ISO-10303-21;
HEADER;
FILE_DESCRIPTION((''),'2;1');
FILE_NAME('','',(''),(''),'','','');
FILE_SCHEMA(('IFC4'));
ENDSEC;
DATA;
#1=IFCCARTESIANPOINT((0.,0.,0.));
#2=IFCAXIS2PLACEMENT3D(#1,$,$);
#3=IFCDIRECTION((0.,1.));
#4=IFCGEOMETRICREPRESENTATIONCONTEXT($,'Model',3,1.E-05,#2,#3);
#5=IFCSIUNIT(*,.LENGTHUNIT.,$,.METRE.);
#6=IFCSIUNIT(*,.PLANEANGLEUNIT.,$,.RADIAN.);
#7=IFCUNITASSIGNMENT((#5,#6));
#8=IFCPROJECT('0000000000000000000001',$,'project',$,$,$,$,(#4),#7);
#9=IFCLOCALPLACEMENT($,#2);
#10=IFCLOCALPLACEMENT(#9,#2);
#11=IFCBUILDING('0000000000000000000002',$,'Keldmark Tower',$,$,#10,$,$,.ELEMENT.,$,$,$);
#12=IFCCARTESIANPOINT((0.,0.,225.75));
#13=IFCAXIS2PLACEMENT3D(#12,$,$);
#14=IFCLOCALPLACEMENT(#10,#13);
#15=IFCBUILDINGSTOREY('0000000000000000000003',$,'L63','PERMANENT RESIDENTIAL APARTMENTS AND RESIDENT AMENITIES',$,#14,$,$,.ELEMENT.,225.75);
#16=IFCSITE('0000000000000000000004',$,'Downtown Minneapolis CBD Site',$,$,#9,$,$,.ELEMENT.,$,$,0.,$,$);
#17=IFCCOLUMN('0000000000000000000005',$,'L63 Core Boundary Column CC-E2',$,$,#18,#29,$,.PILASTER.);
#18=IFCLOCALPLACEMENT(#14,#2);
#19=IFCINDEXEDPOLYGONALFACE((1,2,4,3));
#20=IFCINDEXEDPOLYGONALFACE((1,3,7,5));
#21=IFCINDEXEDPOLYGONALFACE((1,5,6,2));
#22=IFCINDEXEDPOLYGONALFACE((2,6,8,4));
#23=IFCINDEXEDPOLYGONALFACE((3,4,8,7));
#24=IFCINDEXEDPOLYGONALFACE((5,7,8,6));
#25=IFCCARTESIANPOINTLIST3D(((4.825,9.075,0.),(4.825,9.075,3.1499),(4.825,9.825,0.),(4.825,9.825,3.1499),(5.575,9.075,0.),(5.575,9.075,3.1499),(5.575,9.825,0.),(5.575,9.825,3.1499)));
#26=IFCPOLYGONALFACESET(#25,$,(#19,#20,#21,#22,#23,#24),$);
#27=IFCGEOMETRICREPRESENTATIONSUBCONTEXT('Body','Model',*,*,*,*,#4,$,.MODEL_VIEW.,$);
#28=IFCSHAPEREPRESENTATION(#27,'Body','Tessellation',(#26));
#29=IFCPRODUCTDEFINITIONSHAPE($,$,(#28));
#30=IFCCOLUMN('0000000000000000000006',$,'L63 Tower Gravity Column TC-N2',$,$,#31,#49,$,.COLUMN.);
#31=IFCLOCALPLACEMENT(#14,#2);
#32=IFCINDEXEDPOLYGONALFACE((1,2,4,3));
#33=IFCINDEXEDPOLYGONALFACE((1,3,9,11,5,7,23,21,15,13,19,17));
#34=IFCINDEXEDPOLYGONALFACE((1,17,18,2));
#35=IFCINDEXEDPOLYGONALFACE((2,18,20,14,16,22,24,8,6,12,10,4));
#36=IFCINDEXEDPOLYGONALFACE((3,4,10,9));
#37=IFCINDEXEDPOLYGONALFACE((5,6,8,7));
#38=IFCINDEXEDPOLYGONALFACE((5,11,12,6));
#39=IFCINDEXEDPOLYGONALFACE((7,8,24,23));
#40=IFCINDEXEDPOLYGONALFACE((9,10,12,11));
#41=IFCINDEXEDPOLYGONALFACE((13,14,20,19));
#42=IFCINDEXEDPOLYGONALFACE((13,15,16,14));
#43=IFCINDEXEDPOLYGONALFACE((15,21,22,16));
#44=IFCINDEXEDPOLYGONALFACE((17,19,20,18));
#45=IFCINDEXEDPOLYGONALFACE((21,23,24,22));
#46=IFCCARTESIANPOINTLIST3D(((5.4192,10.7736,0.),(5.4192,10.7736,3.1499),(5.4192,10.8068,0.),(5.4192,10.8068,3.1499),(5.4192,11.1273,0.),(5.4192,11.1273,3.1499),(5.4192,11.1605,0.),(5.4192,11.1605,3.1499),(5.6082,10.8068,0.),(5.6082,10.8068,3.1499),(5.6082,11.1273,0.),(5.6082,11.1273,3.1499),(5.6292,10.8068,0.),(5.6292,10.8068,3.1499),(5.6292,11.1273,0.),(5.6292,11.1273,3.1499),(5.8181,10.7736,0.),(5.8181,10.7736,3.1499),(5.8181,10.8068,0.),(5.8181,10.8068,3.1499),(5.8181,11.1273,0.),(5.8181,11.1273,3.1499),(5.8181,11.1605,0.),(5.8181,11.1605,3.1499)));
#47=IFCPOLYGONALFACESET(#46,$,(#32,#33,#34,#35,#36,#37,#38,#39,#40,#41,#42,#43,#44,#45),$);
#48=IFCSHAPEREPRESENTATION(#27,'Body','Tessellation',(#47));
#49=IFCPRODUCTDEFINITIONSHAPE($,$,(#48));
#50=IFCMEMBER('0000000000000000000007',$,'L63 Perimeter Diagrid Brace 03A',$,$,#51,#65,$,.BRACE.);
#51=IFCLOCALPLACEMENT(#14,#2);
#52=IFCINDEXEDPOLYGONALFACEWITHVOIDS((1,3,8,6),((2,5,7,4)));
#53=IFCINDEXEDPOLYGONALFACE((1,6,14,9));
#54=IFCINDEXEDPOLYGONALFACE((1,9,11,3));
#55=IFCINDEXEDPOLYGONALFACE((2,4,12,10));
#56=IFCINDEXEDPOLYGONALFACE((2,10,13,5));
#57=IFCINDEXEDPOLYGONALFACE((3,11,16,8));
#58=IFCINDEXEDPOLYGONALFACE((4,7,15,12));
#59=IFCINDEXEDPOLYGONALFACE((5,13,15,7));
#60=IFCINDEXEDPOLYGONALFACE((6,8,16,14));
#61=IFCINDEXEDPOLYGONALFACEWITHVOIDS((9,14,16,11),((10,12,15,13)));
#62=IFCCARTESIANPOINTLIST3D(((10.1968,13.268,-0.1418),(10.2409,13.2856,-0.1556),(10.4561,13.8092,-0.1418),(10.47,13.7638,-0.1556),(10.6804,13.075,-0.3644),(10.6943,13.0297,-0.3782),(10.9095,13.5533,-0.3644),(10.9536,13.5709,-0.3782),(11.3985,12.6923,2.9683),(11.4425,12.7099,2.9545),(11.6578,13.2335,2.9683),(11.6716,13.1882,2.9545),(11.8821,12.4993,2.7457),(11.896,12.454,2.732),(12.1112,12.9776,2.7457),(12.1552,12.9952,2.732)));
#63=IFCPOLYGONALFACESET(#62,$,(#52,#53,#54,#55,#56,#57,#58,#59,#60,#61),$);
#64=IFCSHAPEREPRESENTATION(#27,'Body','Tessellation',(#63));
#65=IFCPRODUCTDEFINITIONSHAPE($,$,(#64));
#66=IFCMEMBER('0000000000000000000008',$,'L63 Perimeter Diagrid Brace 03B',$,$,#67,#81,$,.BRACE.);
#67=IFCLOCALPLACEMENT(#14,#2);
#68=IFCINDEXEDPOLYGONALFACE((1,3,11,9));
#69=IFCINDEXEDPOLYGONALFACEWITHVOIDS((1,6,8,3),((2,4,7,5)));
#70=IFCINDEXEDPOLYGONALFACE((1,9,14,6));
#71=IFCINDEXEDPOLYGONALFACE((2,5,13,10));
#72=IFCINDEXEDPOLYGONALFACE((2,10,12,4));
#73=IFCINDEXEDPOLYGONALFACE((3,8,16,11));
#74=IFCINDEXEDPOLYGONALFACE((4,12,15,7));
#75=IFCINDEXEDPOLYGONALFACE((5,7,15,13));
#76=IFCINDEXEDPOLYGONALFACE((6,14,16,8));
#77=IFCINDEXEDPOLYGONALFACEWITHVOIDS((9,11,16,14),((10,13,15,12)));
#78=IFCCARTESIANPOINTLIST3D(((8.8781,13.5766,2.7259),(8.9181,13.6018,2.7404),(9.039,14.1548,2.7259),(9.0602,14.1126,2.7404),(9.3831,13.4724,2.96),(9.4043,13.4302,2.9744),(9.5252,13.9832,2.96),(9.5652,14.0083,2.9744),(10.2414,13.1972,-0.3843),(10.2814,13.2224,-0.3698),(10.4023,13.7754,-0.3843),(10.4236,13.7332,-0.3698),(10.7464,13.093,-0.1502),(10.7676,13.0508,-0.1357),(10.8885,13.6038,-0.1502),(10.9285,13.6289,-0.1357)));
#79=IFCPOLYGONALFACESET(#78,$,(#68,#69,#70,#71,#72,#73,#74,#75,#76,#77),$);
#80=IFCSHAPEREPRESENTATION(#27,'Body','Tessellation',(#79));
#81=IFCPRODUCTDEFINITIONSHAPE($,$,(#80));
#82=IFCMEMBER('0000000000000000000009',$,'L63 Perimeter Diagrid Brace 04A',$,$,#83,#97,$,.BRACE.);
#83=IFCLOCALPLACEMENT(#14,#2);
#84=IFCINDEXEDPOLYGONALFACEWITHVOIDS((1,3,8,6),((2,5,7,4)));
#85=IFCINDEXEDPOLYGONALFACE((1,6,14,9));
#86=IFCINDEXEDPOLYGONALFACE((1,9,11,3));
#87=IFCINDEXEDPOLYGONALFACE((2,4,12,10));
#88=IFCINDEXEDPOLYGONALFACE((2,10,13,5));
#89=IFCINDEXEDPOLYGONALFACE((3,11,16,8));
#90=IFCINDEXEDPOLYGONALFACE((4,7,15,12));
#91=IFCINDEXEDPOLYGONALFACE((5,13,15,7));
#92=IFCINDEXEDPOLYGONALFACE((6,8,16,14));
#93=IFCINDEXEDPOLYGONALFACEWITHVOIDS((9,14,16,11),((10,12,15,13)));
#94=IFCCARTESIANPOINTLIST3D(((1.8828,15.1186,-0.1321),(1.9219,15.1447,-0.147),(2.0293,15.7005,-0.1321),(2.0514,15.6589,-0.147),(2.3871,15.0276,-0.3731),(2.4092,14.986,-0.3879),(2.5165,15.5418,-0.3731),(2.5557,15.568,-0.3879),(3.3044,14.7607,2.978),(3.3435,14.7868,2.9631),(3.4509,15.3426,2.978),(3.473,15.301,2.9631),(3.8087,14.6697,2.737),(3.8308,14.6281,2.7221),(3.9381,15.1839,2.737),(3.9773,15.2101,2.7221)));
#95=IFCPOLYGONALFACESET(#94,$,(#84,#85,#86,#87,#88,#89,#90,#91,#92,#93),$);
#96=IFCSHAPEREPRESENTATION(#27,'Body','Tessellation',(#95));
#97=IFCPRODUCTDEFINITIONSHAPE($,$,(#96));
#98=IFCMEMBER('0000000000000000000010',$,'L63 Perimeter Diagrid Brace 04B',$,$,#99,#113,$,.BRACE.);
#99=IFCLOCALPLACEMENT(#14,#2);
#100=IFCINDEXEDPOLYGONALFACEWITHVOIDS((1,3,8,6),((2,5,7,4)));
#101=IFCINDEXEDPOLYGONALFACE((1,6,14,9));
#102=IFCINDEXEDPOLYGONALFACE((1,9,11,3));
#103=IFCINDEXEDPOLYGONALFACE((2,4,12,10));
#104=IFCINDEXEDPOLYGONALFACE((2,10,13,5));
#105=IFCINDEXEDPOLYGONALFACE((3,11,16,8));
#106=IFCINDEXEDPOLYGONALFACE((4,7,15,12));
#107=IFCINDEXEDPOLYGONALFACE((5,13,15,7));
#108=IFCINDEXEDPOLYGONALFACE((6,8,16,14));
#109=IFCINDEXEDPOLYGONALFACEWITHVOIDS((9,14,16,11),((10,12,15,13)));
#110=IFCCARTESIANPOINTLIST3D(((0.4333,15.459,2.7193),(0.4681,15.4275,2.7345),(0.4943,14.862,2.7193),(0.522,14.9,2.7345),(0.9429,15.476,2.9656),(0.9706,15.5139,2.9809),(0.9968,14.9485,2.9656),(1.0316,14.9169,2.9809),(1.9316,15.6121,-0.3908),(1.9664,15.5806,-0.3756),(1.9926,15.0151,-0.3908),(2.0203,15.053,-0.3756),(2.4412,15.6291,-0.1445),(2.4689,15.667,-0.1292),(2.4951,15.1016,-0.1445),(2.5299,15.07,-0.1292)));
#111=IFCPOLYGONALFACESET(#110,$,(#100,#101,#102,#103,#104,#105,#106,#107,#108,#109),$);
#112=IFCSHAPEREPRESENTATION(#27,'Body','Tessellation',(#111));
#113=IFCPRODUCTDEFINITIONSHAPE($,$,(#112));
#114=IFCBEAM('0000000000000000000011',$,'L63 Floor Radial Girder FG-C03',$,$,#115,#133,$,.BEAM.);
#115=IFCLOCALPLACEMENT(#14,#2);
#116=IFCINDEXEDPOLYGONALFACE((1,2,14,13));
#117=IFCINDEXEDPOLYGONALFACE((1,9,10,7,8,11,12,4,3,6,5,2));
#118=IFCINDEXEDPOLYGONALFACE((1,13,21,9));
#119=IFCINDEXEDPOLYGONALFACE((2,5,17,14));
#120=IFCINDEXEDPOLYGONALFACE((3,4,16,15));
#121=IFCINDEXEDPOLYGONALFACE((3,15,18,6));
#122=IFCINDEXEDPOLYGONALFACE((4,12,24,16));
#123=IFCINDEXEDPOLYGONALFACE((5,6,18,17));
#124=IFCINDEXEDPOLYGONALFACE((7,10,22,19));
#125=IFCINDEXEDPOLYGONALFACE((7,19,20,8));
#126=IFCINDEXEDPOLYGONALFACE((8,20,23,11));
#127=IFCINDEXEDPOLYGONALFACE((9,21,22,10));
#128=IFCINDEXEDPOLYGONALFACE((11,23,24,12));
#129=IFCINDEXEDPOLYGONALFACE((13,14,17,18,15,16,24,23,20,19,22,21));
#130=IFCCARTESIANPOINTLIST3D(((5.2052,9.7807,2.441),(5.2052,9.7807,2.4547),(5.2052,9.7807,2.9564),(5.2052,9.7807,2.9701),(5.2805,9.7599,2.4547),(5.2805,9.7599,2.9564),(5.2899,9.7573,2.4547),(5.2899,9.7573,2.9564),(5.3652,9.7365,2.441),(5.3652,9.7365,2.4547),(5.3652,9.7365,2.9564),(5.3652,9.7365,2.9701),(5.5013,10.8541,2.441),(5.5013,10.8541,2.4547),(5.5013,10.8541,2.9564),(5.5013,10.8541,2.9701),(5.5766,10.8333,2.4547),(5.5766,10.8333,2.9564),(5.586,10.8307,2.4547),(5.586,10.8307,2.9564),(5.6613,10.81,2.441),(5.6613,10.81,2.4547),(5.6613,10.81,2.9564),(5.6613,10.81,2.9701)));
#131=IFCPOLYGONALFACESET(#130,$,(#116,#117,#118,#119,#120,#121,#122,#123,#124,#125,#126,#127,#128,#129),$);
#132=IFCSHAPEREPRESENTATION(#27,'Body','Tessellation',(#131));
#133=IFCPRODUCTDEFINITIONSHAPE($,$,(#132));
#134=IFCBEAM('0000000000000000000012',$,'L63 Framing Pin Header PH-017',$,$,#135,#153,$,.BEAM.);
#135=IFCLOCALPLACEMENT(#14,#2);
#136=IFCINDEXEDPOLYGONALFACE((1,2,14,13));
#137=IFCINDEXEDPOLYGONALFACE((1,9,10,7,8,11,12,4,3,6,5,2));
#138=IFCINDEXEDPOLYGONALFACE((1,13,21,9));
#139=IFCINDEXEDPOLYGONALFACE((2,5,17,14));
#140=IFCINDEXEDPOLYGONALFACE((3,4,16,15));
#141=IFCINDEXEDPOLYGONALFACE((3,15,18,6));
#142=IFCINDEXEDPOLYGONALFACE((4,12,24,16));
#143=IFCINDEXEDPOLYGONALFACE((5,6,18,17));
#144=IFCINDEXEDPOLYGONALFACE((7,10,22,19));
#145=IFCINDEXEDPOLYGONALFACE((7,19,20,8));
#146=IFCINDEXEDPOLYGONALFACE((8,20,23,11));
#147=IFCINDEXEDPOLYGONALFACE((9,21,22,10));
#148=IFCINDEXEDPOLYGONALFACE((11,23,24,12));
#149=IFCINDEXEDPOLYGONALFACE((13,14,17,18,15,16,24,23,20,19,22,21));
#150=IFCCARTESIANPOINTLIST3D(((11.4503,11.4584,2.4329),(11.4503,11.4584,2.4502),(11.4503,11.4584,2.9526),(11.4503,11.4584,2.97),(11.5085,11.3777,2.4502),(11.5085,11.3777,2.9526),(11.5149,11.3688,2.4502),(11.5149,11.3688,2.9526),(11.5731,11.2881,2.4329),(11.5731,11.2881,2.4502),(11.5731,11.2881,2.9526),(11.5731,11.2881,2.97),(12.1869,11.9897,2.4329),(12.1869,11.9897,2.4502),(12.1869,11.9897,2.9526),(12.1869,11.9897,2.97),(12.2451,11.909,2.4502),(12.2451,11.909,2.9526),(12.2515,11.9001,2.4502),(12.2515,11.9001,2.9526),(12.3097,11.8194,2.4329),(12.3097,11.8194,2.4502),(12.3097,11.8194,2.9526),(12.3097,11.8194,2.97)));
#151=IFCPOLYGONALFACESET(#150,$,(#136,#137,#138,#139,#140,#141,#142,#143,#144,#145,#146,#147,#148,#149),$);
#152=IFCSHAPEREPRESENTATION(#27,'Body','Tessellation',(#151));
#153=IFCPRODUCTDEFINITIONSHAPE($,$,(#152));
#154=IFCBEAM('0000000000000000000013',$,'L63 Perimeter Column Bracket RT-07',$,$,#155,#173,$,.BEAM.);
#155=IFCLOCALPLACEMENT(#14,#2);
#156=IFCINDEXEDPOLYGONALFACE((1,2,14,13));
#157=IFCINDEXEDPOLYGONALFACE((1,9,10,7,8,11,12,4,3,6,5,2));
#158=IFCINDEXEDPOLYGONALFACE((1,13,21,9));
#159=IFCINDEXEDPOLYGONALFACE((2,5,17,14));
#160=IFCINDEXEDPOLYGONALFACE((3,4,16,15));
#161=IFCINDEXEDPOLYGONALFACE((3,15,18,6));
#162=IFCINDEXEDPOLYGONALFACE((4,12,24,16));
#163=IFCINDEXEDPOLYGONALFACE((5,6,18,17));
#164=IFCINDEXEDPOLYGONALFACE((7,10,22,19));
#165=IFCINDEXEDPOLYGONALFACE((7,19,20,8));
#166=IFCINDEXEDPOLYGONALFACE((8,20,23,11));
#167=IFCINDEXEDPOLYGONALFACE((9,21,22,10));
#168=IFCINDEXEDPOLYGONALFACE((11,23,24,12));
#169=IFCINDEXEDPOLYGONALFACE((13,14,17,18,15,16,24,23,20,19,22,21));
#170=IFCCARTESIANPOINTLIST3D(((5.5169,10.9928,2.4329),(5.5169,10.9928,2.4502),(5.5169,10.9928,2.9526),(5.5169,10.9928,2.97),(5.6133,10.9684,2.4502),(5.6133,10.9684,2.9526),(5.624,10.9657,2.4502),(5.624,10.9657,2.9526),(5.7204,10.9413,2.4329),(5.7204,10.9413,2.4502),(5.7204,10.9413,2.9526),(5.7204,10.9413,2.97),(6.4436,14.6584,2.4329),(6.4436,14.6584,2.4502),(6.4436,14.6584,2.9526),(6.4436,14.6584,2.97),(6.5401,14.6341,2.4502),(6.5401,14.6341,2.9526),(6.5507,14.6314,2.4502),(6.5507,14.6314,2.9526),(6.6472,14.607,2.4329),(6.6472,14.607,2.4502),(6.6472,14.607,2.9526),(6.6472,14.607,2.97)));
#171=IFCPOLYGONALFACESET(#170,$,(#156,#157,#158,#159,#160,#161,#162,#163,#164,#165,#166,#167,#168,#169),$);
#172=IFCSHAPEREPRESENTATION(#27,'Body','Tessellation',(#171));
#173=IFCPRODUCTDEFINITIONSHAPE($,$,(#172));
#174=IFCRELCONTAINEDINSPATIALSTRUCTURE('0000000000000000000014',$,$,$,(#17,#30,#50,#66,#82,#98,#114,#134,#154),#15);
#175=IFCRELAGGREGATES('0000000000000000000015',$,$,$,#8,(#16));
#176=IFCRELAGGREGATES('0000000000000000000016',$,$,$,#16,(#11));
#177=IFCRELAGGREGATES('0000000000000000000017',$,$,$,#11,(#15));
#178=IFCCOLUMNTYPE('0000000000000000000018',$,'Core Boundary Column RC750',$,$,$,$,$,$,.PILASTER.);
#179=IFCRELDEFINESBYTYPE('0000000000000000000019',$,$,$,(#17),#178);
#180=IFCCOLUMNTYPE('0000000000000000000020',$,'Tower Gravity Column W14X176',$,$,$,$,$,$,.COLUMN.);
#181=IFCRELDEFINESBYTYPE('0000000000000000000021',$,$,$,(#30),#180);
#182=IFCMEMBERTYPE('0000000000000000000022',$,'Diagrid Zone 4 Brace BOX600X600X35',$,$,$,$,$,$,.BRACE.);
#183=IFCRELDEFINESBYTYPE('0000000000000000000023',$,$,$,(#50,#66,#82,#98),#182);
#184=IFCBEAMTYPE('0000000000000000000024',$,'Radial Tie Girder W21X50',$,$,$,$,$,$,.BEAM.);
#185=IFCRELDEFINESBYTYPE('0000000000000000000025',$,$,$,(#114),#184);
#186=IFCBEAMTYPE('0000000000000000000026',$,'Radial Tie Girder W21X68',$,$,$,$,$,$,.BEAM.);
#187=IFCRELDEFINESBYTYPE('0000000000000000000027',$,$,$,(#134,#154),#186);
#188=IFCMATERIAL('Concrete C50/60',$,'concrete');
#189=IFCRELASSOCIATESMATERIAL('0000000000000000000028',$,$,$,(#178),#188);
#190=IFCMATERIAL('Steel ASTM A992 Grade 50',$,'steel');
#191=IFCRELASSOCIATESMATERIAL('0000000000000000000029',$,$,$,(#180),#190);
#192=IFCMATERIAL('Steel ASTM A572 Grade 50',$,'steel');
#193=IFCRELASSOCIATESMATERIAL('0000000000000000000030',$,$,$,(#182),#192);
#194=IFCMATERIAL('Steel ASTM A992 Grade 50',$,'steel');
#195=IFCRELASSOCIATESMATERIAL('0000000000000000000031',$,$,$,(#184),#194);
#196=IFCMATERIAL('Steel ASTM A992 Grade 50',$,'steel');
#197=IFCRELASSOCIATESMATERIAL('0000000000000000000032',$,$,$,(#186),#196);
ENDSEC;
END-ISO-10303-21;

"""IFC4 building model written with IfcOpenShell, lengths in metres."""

from ifc_helpers import new_model, si_unit, direction, frame, origin, origin_2d, place, context, subcontext, project, spatial, rectangle, hollow_rectangle, i_section, extrude, material, material_profile, profile_set, type_object, element, save


model = new_model("IFC4")

# Units and contexts
model_context = context("Model", 3, precision=1e-05, world=origin(), true_north=direction((0.0, 1.0)))
body_context = subcontext(model_context, "Body", "Model", "MODEL_VIEW")
ifc_project = project(units=[si_unit("LENGTHUNIT", "METRE"), si_unit("PLANEANGLEUNIT", "RADIAN")], contexts=[model_context])

# Site, building, storey
site_placement = place(None, origin())
site = spatial("IfcSite", under=ifc_project, at=site_placement, Name="Downtown Minneapolis CBD Site", CompositionType="ELEMENT", RefElevation=0.0)
building_placement = place(site_placement, origin())
building = spatial("IfcBuilding", under=site, at=building_placement, Name="Keldmark Tower", CompositionType="ELEMENT")
storey_placement = place(building_placement, frame((0.0, 0.0, 225.75)))
storey = spatial("IfcBuildingStorey", under=building, at=storey_placement, Name="L63", Description="PERMANENT RESIDENTIAL APARTMENTS AND RESIDENT AMENITIES", CompositionType="ELEMENT", Elevation=225.75)

# Columns
ifc_material_1 = material(Name="Concrete C50/60", Category="concrete")
ifc_material_profile_1 = material_profile(ifc_material_1, rectangle(XDim=0.75, YDim=0.75, at=origin_2d()), Name="RC750X750")
ifc_profile_set_1 = profile_set([ifc_material_profile_1], Name="Concrete C50/60")
column_type_1 = type_object("IfcColumnType", Name="Core Boundary Column RC750", PredefinedType="PILASTER", material=ifc_profile_set_1)
column_1_placement = place(storey_placement, frame((5.2, 9.45, 0.0), z_axis=(0.0, 0.0, 1.0), x_axis=(1.0, 0.0, 0.0)))
element("IfcColumn", 1, at=column_1_placement, inside=storey, type_object=column_type_1, Name="L63 Core Boundary Column CC-E2", PredefinedType="PILASTER", context=body_context, shape_type="SweptSolid", body=[
    extrude(rectangle(XDim=0.75, YDim=0.75, at=origin_2d()), origin(), (0.0, 0.0, 1.0), 3.1499),
])
ifc_material_2 = material(Name="Steel ASTM A992 Grade 50", Category="steel")
ifc_material_profile_2 = material_profile(ifc_material_2, i_section(OverallWidth=0.3989, OverallDepth=0.387, WebThickness=0.021, FlangeThickness=0.0332, at=origin_2d()), Name="W14X176")
ifc_profile_set_2 = profile_set([ifc_material_profile_2], Name="Steel ASTM A992 Grade 50")
column_type_2 = type_object("IfcColumnType", Name="Tower Gravity Column W14X176", PredefinedType="COLUMN", material=ifc_profile_set_2)
column_2_placement = place(storey_placement, frame((5.6187, 10.967, 0.0), z_axis=(0.0, 0.0, 1.0), x_axis=(1.0, 0.0, 0.0)))
element("IfcColumn", 2, at=column_2_placement, inside=storey, type_object=column_type_2, Name="L63 Tower Gravity Column TC-N2", PredefinedType="COLUMN", context=body_context, shape_type="SweptSolid", body=[
    extrude(i_section(OverallWidth=0.3989, OverallDepth=0.387, WebThickness=0.021, FlangeThickness=0.0332, at=origin_2d()), origin(), (0.0, 0.0, 1.0), 3.1499),
])

# Members
ifc_material_3 = material(Name="Steel ASTM A572 Grade 50", Category="steel")
ifc_material_profile_3 = material_profile(ifc_material_3, hollow_rectangle(XDim=0.6001, YDim=0.6001, WallThickness=0.0349, at=origin_2d()), Name="BOX600X600X35")
ifc_profile_set_3 = profile_set([ifc_material_profile_3], Name="Steel ASTM A572 Grade 50")
member_type = type_object("IfcMemberType", Name="Diagrid Zone 4 Brace BOX600X600X35", PredefinedType="BRACE", material=ifc_profile_set_3)
member_1_placement = place(storey_placement, frame((10.5752, 13.4194, -0.26), z_axis=(0.355152, -0.170144, 0.919194), x_axis=(0.432052, 0.901849, 0.0)))
element("IfcMember", 3, at=member_1_placement, inside=storey, type_object=member_type, Name="L63 Perimeter Diagrid Brace 03A", PredefinedType="BRACE", context=body_context, shape_type="SweptSolid", body=[
    extrude(hollow_rectangle(XDim=0.6001, YDim=0.6001, WallThickness=0.0349, at=origin_2d()), origin(), (0.0, 0.0, 1.0), 3.3835),
])
member_2_placement = place(storey_placement, frame((10.585, 13.4131, -0.26), z_axis=(-0.398981, 0.111035, 0.910212), x_axis=(-0.268107, -0.963389, 0.0)))
element("IfcMember", 4, at=member_2_placement, inside=storey, type_object=member_type, Name="L63 Perimeter Diagrid Brace 03B", PredefinedType="BRACE", context=body_context, shape_type="SweptSolid", body=[
    extrude(hollow_rectangle(XDim=0.6001, YDim=0.6001, WallThickness=0.0349, at=origin_2d()), origin(), (0.0, 0.0, 1.0), 3.417),
])
member_3_placement = place(storey_placement, frame((2.2192, 15.3433, -0.26), z_axis=(0.413469, -0.104095, 0.904548), x_axis=(0.244142, 0.96974, 0.0)))
element("IfcMember", 5, at=member_3_placement, inside=storey, type_object=member_type, Name="L63 Perimeter Diagrid Brace 04A", PredefinedType="BRACE", context=body_context, shape_type="SweptSolid", body=[
    extrude(hollow_rectangle(XDim=0.6001, YDim=0.6001, WallThickness=0.0349, at=origin_2d()), origin(), (0.0, 0.0, 1.0), 3.4382),
])
member_4_placement = place(storey_placement, frame((2.2307, 15.3411, -0.26), z_axis=(-0.433585, -0.044298, 0.900023), x_axis=(0.101638, -0.994821, 0.0)))
element("IfcMember", 6, at=member_4_placement, inside=storey, type_object=member_type, Name="L63 Perimeter Diagrid Brace 04B", PredefinedType="BRACE", context=body_context, shape_type="SweptSolid", body=[
    extrude(hollow_rectangle(XDim=0.6001, YDim=0.6001, WallThickness=0.0349, at=origin_2d()), origin(), (0.0, 0.0, 1.0), 3.4556),
])

# Beams
ifc_material_4 = material(Name="Steel ASTM A992 Grade 50", Category="steel")
ifc_material_profile_4 = material_profile(ifc_material_4, i_section(OverallWidth=0.166, OverallDepth=0.5291, WebThickness=0.0098, FlangeThickness=0.0137, at=origin_2d()), Name="W21X50")
ifc_profile_set_4 = profile_set([ifc_material_profile_4], Name="Steel ASTM A992 Grade 50")
beam_type_1 = type_object("IfcBeamType", Name="Radial Tie Girder W21X50", PredefinedType="BEAM", material=ifc_profile_set_4)
beam_1_placement = place(storey_placement, frame((5.5813, 10.832, 2.7056), z_axis=(-0.265936, -0.963991, 0.0), x_axis=(0.963991, -0.265936, 0.0)))
element("IfcBeam", 7, at=beam_1_placement, inside=storey, type_object=beam_type_1, Name="L63 Floor Radial Girder FG-C03", PredefinedType="BEAM", context=body_context, shape_type="SweptSolid", body=[
    extrude(i_section(OverallWidth=0.166, OverallDepth=0.5291, WebThickness=0.0098, FlangeThickness=0.0137, at=origin_2d()), origin(), (0.0, 0.0, 1.0), 1.1135),
])
ifc_material_5 = material(Name="Steel ASTM A992 Grade 50", Category="steel")
ifc_material_profile_5 = material_profile(ifc_material_5, i_section(OverallWidth=0.21, OverallDepth=0.5371, WebThickness=0.011, FlangeThickness=0.0173, at=origin_2d()), Name="W21X68")
ifc_profile_set_5 = profile_set([ifc_material_profile_5], Name="Steel ASTM A992 Grade 50")
beam_type_2 = type_object("IfcBeamType", Name="Radial Tie Girder W21X68", PredefinedType="BEAM", material=ifc_profile_set_5)
beam_2_placement = place(storey_placement, frame((11.5117, 11.3733, 2.7014), z_axis=(0.811055, 0.58497, 0.0), x_axis=(-0.58497, 0.811055, 0.0)))
element("IfcBeam", 8, at=beam_2_placement, inside=storey, type_object=beam_type_2, Name="L63 Framing Pin Header PH-017", PredefinedType="BEAM", context=body_context, shape_type="SweptSolid", body=[
    extrude(i_section(OverallWidth=0.21, OverallDepth=0.5371, WebThickness=0.011, FlangeThickness=0.0173, at=origin_2d()), origin(), (0.0, 0.0, 1.0), 0.9082),
])
beam_3_placement = place(storey_placement, frame((5.6187, 10.967, 2.7014), z_axis=(0.245102, 0.969497, 0.0), x_axis=(-0.969497, 0.245102, 0.0)))
element("IfcBeam", 9, at=beam_3_placement, inside=storey, type_object=beam_type_2, Name="L63 Perimeter Column Bracket RT-07", PredefinedType="BEAM", context=body_context, shape_type="SweptSolid", body=[
    extrude(i_section(OverallWidth=0.21, OverallDepth=0.5371, WebThickness=0.011, FlangeThickness=0.0173, at=origin_2d()), origin(), (0.0, 0.0, 1.0), 3.781),
])

save(model, "model.ifc")
